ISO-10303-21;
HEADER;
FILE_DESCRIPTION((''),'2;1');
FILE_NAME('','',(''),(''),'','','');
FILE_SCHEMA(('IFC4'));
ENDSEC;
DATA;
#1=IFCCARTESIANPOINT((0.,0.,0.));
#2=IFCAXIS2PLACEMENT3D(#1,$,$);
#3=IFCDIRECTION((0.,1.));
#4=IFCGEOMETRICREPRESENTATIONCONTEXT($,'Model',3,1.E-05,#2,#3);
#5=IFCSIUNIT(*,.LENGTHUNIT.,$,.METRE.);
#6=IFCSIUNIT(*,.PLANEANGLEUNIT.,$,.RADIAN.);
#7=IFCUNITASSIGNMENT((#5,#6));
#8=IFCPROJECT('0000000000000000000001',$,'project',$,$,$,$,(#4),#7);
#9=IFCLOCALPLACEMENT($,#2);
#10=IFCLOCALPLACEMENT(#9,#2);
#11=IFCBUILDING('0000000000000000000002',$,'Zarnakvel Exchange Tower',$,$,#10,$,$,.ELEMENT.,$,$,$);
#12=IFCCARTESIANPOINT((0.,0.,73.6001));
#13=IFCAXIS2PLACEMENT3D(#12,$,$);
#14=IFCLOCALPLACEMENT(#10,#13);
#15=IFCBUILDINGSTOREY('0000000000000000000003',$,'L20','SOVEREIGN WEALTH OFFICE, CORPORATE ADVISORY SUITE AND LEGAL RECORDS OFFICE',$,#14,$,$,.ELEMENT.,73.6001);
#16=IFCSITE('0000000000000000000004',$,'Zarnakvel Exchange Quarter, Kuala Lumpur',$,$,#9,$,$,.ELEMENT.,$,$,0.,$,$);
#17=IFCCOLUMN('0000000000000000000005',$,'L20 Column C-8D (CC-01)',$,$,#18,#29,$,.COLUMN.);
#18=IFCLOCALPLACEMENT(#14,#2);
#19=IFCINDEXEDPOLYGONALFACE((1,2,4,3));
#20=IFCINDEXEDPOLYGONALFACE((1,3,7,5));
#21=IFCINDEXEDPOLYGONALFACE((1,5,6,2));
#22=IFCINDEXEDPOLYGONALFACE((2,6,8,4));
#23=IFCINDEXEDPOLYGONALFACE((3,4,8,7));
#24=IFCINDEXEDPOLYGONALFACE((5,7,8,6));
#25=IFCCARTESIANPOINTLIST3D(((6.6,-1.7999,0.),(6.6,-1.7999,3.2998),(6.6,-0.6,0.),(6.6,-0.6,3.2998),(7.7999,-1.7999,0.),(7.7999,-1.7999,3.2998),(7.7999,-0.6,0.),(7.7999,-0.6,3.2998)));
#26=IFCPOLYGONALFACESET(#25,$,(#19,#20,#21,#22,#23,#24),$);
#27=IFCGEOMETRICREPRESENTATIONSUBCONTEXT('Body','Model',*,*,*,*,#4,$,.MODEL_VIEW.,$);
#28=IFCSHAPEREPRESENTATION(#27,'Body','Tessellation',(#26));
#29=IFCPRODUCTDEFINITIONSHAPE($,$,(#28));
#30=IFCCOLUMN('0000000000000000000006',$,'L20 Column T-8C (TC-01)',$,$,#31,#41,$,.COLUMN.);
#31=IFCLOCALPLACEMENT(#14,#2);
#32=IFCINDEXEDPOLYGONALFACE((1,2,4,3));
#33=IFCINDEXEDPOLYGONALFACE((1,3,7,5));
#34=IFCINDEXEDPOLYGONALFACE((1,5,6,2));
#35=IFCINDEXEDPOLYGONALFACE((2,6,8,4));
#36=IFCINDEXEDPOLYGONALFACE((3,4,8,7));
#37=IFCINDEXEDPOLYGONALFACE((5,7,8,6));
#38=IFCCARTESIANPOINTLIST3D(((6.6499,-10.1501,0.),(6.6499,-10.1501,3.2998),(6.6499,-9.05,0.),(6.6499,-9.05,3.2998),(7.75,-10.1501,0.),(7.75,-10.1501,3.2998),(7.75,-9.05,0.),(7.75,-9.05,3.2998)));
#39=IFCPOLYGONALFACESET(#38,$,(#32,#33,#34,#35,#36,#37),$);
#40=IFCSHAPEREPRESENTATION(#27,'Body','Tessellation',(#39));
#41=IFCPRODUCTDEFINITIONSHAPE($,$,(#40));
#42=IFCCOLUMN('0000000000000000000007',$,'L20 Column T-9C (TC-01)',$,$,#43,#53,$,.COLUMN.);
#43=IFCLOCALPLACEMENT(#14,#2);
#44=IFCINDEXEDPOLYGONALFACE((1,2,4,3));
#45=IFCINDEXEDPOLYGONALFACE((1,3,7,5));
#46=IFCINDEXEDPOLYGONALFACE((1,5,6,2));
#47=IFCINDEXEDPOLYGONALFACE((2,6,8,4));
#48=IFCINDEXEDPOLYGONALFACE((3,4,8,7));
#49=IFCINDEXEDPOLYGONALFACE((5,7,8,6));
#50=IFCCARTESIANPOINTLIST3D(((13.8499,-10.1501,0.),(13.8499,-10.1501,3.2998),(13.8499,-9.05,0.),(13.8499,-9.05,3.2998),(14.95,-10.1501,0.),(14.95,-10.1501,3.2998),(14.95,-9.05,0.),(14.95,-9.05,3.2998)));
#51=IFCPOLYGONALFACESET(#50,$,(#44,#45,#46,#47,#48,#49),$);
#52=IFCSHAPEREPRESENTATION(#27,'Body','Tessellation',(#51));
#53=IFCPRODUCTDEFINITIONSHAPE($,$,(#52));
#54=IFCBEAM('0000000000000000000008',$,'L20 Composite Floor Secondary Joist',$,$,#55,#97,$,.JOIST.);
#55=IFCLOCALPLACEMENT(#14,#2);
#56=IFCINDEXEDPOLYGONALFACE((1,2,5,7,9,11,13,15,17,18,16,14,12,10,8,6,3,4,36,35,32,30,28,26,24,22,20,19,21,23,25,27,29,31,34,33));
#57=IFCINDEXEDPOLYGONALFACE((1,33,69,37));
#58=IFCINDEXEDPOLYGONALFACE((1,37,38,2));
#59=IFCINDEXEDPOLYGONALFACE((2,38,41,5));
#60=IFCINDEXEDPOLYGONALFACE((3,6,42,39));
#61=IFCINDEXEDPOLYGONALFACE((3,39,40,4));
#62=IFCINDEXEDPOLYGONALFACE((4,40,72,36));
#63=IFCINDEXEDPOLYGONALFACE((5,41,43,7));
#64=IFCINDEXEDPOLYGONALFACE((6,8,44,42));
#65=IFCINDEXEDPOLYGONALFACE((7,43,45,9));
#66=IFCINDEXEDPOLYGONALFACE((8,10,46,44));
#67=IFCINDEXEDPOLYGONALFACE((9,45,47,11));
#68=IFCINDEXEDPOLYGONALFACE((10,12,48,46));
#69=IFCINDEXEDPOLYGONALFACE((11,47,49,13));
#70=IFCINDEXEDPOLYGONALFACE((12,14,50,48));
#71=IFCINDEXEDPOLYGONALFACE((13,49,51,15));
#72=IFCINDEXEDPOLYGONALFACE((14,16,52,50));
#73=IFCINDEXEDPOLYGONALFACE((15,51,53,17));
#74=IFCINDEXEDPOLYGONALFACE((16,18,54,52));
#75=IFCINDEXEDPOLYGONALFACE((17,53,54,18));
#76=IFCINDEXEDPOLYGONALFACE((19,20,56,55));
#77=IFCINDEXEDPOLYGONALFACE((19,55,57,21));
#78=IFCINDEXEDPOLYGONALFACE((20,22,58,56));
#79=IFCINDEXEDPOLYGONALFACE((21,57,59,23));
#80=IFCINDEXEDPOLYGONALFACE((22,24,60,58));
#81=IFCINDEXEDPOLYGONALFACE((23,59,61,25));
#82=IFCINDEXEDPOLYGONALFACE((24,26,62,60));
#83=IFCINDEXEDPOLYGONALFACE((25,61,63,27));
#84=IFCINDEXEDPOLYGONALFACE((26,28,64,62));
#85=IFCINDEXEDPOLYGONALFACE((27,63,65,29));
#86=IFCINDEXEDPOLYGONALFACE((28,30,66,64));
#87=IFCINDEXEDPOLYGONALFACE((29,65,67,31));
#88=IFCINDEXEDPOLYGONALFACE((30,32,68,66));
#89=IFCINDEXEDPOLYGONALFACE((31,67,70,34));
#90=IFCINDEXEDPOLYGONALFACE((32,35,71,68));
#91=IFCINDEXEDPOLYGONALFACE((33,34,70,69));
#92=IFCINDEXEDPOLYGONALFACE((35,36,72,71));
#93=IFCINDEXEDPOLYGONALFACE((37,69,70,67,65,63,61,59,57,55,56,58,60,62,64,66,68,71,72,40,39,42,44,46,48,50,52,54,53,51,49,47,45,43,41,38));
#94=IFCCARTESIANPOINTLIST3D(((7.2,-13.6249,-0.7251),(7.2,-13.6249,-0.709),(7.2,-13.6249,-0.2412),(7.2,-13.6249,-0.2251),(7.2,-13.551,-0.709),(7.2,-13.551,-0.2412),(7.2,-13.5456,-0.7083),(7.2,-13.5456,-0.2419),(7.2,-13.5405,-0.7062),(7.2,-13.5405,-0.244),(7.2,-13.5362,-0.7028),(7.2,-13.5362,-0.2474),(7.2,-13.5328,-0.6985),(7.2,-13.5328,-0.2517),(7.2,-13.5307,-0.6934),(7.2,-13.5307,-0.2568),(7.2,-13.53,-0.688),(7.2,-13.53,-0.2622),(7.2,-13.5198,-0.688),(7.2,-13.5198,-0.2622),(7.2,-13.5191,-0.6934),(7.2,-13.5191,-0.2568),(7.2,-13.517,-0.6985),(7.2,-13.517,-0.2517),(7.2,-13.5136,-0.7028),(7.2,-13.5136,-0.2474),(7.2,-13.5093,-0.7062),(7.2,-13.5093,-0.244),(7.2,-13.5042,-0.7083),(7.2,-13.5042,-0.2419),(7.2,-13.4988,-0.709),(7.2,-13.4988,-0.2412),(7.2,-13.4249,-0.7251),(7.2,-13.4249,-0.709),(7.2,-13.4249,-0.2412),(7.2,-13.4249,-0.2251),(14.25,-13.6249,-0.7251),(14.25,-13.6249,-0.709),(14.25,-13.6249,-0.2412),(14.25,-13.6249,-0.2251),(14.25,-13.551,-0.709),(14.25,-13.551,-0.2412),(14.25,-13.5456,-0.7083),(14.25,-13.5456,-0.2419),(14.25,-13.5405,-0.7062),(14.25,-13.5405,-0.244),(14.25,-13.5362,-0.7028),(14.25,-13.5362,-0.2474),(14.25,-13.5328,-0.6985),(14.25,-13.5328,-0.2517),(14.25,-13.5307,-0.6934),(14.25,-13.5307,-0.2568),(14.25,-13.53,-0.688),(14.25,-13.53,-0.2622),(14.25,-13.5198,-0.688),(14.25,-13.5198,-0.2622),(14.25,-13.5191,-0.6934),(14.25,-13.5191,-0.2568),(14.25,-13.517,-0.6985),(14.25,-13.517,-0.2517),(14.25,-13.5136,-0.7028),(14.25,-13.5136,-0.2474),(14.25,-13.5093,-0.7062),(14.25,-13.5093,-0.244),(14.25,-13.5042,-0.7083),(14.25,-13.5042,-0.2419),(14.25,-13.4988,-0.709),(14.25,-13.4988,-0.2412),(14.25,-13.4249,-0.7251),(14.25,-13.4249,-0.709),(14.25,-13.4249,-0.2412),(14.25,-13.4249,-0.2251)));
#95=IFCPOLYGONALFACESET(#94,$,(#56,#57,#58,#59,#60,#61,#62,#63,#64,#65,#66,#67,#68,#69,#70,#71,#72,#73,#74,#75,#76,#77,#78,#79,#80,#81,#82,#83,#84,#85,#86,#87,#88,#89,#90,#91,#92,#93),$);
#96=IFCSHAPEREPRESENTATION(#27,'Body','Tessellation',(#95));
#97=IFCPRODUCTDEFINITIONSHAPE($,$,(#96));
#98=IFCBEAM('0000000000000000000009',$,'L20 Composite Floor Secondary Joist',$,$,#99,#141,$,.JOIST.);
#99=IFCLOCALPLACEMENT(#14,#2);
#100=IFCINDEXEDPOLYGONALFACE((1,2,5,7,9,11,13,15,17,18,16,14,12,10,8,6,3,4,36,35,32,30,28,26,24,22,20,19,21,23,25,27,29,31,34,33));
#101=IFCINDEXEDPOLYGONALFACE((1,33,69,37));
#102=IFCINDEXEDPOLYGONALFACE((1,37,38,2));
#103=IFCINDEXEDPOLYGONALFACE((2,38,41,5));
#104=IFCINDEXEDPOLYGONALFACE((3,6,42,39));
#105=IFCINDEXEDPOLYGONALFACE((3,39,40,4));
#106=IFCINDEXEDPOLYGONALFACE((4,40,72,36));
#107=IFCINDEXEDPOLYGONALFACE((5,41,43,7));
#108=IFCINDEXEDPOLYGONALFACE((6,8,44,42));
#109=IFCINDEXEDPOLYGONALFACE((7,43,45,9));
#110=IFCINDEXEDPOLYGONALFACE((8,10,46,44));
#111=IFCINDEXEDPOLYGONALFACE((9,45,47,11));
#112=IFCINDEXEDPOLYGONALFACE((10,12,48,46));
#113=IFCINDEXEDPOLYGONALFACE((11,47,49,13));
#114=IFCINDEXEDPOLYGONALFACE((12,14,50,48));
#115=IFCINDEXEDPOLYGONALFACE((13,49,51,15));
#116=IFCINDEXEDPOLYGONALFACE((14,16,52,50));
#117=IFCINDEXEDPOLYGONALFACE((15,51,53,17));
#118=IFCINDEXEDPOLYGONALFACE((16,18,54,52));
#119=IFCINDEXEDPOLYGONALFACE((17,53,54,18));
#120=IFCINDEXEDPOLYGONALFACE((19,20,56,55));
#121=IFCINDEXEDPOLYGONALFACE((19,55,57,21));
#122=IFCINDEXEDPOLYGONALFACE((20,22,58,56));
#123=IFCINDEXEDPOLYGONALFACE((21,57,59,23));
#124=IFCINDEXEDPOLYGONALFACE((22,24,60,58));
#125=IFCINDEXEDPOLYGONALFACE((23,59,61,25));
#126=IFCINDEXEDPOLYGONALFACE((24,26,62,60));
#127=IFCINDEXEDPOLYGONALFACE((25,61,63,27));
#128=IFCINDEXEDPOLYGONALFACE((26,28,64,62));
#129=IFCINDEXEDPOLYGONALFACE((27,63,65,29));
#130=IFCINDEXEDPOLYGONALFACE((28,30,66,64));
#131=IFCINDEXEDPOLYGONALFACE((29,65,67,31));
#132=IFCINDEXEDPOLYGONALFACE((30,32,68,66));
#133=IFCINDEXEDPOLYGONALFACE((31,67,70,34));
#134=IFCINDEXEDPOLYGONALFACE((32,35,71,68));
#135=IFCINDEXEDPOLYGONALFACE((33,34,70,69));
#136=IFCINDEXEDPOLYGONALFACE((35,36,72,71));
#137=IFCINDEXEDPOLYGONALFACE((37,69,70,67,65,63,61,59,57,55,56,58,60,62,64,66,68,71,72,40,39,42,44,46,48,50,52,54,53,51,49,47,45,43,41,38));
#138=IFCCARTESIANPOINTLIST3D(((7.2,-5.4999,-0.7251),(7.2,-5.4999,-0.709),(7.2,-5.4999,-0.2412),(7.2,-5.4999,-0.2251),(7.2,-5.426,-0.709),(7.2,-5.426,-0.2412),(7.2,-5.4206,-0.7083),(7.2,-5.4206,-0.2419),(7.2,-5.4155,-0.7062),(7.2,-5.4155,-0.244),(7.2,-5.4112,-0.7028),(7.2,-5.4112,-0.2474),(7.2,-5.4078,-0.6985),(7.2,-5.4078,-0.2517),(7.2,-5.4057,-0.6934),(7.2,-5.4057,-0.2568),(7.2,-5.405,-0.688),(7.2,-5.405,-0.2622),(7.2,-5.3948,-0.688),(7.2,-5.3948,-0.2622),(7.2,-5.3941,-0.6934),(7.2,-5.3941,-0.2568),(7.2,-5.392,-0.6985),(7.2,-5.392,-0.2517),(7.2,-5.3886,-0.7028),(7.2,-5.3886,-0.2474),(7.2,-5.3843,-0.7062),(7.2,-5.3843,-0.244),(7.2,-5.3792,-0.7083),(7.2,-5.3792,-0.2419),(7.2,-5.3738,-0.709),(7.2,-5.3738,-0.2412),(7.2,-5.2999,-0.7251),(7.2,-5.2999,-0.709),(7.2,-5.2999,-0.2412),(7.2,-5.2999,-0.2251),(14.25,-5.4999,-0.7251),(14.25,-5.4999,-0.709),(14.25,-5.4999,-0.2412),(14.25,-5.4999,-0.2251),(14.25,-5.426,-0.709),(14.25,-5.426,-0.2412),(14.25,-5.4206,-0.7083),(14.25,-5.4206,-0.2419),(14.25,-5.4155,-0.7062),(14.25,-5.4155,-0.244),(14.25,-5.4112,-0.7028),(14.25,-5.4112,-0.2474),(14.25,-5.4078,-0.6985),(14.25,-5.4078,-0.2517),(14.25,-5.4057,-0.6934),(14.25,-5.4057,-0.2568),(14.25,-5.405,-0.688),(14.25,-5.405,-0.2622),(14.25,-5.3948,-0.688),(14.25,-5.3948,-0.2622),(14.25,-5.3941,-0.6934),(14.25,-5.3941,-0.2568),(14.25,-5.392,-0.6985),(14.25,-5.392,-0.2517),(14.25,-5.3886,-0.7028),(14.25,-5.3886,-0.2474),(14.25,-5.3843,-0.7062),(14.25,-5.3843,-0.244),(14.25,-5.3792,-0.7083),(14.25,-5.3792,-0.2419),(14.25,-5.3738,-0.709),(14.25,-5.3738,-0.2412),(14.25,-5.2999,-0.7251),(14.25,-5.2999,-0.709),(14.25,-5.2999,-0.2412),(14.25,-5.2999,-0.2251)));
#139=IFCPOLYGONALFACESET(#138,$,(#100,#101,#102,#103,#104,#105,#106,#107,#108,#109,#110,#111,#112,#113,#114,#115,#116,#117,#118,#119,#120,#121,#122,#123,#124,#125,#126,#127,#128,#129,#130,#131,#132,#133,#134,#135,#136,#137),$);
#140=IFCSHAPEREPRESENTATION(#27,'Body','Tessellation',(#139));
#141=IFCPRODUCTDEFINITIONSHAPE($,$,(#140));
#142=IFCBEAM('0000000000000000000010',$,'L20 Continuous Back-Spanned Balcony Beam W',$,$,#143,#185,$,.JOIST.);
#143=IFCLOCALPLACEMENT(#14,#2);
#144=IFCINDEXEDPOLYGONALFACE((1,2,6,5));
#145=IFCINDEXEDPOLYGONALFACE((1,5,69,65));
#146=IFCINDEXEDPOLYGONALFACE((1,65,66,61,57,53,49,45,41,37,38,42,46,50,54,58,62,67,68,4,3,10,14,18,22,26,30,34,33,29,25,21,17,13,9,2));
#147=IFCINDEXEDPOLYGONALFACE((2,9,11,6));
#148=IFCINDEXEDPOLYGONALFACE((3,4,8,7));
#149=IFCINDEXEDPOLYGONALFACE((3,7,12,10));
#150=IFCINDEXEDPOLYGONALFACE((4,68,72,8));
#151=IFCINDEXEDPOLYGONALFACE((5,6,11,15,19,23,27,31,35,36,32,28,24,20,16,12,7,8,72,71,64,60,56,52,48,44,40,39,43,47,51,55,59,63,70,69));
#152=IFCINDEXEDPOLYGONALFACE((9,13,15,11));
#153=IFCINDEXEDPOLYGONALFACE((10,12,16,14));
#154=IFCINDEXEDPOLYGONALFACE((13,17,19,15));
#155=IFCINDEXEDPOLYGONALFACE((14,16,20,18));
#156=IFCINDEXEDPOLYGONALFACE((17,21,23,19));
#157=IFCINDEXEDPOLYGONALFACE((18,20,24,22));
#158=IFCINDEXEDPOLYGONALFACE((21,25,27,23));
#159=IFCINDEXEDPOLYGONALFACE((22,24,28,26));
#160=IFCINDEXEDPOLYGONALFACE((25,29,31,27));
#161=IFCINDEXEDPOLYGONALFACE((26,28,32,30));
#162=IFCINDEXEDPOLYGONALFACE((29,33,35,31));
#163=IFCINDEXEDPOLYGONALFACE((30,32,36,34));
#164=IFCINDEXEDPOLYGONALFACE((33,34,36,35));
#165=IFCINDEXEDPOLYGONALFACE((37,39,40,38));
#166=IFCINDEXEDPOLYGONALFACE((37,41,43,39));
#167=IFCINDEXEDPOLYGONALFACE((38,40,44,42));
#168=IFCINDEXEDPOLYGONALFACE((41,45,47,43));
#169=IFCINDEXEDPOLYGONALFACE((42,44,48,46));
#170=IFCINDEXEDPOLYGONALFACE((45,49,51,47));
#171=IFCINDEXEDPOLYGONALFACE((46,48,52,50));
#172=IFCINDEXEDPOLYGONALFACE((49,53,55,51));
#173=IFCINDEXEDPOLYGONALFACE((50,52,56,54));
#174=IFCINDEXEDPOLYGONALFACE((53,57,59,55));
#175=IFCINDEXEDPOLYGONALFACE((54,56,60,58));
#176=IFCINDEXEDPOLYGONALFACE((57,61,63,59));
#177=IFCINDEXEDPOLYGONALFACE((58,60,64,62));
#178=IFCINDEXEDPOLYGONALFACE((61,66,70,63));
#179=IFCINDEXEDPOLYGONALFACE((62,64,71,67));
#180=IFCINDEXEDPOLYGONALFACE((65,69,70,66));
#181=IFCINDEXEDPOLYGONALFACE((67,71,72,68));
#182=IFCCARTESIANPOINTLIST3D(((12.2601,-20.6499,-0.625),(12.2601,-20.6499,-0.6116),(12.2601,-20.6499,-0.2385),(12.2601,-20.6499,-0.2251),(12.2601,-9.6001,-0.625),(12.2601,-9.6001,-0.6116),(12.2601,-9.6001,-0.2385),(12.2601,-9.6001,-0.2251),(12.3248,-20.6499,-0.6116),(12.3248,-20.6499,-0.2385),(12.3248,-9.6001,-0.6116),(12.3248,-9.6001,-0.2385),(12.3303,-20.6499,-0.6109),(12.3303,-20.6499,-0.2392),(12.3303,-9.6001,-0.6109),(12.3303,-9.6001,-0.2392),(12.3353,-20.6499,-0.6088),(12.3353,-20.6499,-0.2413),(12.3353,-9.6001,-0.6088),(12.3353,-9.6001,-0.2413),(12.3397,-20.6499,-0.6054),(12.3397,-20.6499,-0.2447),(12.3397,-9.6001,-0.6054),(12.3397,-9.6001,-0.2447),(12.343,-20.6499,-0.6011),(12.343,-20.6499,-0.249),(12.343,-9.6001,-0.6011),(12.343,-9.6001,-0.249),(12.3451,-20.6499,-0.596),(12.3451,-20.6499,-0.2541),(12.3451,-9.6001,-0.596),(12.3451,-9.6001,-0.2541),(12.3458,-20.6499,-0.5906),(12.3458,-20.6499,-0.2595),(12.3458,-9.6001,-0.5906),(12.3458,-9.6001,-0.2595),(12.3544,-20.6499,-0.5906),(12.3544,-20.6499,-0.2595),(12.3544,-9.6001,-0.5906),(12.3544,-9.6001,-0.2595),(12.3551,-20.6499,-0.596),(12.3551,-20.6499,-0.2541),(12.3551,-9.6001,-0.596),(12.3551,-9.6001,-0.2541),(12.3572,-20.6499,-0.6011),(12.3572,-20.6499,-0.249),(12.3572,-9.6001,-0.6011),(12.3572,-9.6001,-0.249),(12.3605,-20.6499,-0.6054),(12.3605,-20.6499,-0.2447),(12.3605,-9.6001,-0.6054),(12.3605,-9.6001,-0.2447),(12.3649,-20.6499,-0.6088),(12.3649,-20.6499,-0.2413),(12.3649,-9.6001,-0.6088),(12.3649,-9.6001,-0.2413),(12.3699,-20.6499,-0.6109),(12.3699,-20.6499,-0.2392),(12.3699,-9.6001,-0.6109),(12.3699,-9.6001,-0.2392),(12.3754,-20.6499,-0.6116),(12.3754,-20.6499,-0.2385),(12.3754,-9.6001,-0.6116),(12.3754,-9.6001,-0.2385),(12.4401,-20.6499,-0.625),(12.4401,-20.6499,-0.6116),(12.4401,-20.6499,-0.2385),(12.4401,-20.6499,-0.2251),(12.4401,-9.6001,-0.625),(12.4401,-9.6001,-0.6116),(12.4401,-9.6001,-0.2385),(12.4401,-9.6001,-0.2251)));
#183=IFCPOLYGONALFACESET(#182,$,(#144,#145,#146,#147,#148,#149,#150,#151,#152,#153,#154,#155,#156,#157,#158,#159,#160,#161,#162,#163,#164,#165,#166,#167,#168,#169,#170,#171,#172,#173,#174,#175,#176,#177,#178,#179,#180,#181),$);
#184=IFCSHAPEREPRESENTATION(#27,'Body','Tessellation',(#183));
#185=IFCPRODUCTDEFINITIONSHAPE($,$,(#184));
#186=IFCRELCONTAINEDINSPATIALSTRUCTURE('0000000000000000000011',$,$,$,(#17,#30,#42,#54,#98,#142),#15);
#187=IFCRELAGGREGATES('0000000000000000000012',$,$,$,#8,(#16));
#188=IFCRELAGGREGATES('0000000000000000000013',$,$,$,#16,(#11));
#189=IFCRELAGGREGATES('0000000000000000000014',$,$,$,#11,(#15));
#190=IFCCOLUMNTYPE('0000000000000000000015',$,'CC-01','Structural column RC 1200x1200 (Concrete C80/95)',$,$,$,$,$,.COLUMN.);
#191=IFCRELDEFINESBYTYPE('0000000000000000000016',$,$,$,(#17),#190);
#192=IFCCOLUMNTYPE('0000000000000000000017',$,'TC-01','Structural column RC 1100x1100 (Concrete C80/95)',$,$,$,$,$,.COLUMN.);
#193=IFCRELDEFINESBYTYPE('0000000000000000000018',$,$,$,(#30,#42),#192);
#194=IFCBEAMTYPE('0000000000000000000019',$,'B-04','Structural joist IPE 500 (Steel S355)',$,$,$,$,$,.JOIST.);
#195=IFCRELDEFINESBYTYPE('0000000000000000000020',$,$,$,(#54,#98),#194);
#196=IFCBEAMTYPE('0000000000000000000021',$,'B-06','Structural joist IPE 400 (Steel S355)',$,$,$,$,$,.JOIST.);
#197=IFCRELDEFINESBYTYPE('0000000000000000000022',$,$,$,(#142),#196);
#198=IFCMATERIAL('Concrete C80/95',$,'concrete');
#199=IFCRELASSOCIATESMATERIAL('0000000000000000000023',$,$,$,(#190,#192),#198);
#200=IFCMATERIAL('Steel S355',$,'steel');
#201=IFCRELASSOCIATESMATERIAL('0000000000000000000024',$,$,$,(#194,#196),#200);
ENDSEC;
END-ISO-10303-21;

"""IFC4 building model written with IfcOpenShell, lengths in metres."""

from ifc_helpers import new_model, si_unit, direction, frame, origin, origin_2d, place, context, subcontext, project, spatial, rectangle, i_section, extrude, material, material_profile, profile_set, type_object, element, save


model = new_model("IFC4")

# Units and contexts
model_context = context("Model", 3, precision=1e-05, world=origin(), true_north=direction((0.0, 1.0)))
body_context = subcontext(model_context, "Body", "Model", "MODEL_VIEW")
ifc_project = project(units=[si_unit("LENGTHUNIT", "METRE"), si_unit("PLANEANGLEUNIT", "RADIAN")], contexts=[model_context])

# Site, building, storey
site_placement = place(None, origin())
site = spatial("IfcSite", under=ifc_project, at=site_placement, Name="Zarnakvel Exchange Quarter, Kuala Lumpur", CompositionType="ELEMENT", RefElevation=0.0)
building_placement = place(site_placement, origin())
building = spatial("IfcBuilding", under=site, at=building_placement, Name="Zarnakvel Exchange Tower", CompositionType="ELEMENT")
storey_placement = place(building_placement, frame((0.0, 0.0, 73.6001)))
storey = spatial("IfcBuildingStorey", under=building, at=storey_placement, Name="L20", Description="SOVEREIGN WEALTH OFFICE, CORPORATE ADVISORY SUITE AND LEGAL RECORDS OFFICE", CompositionType="ELEMENT", Elevation=73.6001)

# Columns
ifc_material_1 = material(Name="Concrete C80/95", Category="concrete")
ifc_material_profile_1 = material_profile(ifc_material_1, rectangle(XDim=1.2, YDim=1.2, at=origin_2d()))
ifc_profile_set_1 = profile_set([ifc_material_profile_1], Name="Concrete C80/95")
column_type_1 = type_object("IfcColumnType", Name="CC-01", Description="Structural column RC 1200x1200 (Concrete C80/95)", PredefinedType="COLUMN", material=ifc_profile_set_1)
column_placement = place(storey_placement, frame((7.2, -1.2, 0.0), z_axis=(0.0, 0.0, 1.0), x_axis=(1.0, 0.0, 0.0)))
element("IfcColumn", 1, at=column_placement, inside=storey, type_object=column_type_1, Name="L20 Column C-8D (CC-01)", PredefinedType="COLUMN", context=body_context, shape_type="SweptSolid", body=[
    extrude(rectangle(XDim=1.2, YDim=1.2, at=origin_2d()), origin(), (0.0, 0.0, 1.0), 3.2998),
])
ifc_material_profile_2 = material_profile(ifc_material_1, rectangle(XDim=1.1001, YDim=1.1001, at=origin_2d()))
ifc_profile_set_2 = profile_set([ifc_material_profile_2], Name="Concrete C80/95")
column_type_2 = type_object("IfcColumnType", Name="TC-01", Description="Structural column RC 1100x1100 (Concrete C80/95)", PredefinedType="COLUMN", material=ifc_profile_set_2)
for number, where, z_axis, x_axis, name in (
    (2, (7.2, -9.6001, 0.0), (0.0, 0.0, 1.0), (1.0, 0.0, 0.0), "L20 Column T-8C (TC-01)"),
    (3, (14.3999, -9.6001, 0.0), (0.0, 0.0, 1.0), (1.0, 0.0, 0.0), "L20 Column T-9C (TC-01)"),
):
    element("IfcColumn", number, at=place(storey_placement, frame(where, z_axis=z_axis, x_axis=x_axis)), inside=storey, type_object=column_type_2, Name=name, PredefinedType="COLUMN", context=body_context, shape_type="SweptSolid", body=[
        extrude(rectangle(XDim=1.1001, YDim=1.1001, at=origin_2d()), origin(), (0.0, 0.0, 1.0), 3.2998),
    ])

# Beams
ifc_material_2 = material(Name="Steel S355", Category="steel")
ifc_material_profile_3 = material_profile(ifc_material_2, i_section(OverallWidth=0.2, OverallDepth=0.5, WebThickness=0.0103, FlangeThickness=0.0161, FilletRadius=0.021, at=origin_2d()))
ifc_profile_set_3 = profile_set([ifc_material_profile_3], Name="Steel S355")
beam_type_1 = type_object("IfcBeamType", Name="B-04", Description="Structural joist IPE 500 (Steel S355)", PredefinedType="JOIST", material=ifc_profile_set_3)
for number, where, z_axis, x_axis, name in (
    (4, (7.2, -13.5249, -0.4751), (1.0, 0.0, 0.0), (0.0, 1.0, 0.0), "L20 Composite Floor Secondary Joist"),
    (5, (7.2, -5.3999, -0.4751), (1.0, 0.0, 0.0), (0.0, 1.0, 0.0), "L20 Composite Floor Secondary Joist"),
):
    element("IfcBeam", number, at=place(storey_placement, frame(where, z_axis=z_axis, x_axis=x_axis)), inside=storey, type_object=beam_type_1, Name=name, PredefinedType="JOIST", context=body_context, shape_type="SweptSolid", body=[
        extrude(i_section(OverallWidth=0.2, OverallDepth=0.5, WebThickness=0.0103, FlangeThickness=0.0161, FilletRadius=0.021, at=origin_2d()), origin(), (0.0, 0.0, 1.0), 7.05),
    ])
ifc_material_profile_4 = material_profile(ifc_material_2, i_section(OverallWidth=0.1799, OverallDepth=0.3999, WebThickness=0.0085, FlangeThickness=0.0134, FilletRadius=0.021, at=origin_2d()))
ifc_profile_set_4 = profile_set([ifc_material_profile_4], Name="Steel S355")
beam_type_2 = type_object("IfcBeamType", Name="B-06", Description="Structural joist IPE 400 (Steel S355)", PredefinedType="JOIST", material=ifc_profile_set_4)
beam_1_placement = place(storey_placement, frame((12.3501, -9.6001, -0.425), z_axis=(0.0, -1.0, 0.0), x_axis=(1.0, 0.0, 0.0)))
element("IfcBeam", 6, at=beam_1_placement, inside=storey, type_object=beam_type_2, Name="L20 Continuous Back-Spanned Balcony Beam W", PredefinedType="JOIST", context=body_context, shape_type="SweptSolid", body=[
    extrude(i_section(OverallWidth=0.1799, OverallDepth=0.3999, WebThickness=0.0085, FlangeThickness=0.0134, FilletRadius=0.021, at=origin_2d()), origin(), (0.0, 0.0, 1.0), 11.0498),
])

save(model, "model.ifc")
